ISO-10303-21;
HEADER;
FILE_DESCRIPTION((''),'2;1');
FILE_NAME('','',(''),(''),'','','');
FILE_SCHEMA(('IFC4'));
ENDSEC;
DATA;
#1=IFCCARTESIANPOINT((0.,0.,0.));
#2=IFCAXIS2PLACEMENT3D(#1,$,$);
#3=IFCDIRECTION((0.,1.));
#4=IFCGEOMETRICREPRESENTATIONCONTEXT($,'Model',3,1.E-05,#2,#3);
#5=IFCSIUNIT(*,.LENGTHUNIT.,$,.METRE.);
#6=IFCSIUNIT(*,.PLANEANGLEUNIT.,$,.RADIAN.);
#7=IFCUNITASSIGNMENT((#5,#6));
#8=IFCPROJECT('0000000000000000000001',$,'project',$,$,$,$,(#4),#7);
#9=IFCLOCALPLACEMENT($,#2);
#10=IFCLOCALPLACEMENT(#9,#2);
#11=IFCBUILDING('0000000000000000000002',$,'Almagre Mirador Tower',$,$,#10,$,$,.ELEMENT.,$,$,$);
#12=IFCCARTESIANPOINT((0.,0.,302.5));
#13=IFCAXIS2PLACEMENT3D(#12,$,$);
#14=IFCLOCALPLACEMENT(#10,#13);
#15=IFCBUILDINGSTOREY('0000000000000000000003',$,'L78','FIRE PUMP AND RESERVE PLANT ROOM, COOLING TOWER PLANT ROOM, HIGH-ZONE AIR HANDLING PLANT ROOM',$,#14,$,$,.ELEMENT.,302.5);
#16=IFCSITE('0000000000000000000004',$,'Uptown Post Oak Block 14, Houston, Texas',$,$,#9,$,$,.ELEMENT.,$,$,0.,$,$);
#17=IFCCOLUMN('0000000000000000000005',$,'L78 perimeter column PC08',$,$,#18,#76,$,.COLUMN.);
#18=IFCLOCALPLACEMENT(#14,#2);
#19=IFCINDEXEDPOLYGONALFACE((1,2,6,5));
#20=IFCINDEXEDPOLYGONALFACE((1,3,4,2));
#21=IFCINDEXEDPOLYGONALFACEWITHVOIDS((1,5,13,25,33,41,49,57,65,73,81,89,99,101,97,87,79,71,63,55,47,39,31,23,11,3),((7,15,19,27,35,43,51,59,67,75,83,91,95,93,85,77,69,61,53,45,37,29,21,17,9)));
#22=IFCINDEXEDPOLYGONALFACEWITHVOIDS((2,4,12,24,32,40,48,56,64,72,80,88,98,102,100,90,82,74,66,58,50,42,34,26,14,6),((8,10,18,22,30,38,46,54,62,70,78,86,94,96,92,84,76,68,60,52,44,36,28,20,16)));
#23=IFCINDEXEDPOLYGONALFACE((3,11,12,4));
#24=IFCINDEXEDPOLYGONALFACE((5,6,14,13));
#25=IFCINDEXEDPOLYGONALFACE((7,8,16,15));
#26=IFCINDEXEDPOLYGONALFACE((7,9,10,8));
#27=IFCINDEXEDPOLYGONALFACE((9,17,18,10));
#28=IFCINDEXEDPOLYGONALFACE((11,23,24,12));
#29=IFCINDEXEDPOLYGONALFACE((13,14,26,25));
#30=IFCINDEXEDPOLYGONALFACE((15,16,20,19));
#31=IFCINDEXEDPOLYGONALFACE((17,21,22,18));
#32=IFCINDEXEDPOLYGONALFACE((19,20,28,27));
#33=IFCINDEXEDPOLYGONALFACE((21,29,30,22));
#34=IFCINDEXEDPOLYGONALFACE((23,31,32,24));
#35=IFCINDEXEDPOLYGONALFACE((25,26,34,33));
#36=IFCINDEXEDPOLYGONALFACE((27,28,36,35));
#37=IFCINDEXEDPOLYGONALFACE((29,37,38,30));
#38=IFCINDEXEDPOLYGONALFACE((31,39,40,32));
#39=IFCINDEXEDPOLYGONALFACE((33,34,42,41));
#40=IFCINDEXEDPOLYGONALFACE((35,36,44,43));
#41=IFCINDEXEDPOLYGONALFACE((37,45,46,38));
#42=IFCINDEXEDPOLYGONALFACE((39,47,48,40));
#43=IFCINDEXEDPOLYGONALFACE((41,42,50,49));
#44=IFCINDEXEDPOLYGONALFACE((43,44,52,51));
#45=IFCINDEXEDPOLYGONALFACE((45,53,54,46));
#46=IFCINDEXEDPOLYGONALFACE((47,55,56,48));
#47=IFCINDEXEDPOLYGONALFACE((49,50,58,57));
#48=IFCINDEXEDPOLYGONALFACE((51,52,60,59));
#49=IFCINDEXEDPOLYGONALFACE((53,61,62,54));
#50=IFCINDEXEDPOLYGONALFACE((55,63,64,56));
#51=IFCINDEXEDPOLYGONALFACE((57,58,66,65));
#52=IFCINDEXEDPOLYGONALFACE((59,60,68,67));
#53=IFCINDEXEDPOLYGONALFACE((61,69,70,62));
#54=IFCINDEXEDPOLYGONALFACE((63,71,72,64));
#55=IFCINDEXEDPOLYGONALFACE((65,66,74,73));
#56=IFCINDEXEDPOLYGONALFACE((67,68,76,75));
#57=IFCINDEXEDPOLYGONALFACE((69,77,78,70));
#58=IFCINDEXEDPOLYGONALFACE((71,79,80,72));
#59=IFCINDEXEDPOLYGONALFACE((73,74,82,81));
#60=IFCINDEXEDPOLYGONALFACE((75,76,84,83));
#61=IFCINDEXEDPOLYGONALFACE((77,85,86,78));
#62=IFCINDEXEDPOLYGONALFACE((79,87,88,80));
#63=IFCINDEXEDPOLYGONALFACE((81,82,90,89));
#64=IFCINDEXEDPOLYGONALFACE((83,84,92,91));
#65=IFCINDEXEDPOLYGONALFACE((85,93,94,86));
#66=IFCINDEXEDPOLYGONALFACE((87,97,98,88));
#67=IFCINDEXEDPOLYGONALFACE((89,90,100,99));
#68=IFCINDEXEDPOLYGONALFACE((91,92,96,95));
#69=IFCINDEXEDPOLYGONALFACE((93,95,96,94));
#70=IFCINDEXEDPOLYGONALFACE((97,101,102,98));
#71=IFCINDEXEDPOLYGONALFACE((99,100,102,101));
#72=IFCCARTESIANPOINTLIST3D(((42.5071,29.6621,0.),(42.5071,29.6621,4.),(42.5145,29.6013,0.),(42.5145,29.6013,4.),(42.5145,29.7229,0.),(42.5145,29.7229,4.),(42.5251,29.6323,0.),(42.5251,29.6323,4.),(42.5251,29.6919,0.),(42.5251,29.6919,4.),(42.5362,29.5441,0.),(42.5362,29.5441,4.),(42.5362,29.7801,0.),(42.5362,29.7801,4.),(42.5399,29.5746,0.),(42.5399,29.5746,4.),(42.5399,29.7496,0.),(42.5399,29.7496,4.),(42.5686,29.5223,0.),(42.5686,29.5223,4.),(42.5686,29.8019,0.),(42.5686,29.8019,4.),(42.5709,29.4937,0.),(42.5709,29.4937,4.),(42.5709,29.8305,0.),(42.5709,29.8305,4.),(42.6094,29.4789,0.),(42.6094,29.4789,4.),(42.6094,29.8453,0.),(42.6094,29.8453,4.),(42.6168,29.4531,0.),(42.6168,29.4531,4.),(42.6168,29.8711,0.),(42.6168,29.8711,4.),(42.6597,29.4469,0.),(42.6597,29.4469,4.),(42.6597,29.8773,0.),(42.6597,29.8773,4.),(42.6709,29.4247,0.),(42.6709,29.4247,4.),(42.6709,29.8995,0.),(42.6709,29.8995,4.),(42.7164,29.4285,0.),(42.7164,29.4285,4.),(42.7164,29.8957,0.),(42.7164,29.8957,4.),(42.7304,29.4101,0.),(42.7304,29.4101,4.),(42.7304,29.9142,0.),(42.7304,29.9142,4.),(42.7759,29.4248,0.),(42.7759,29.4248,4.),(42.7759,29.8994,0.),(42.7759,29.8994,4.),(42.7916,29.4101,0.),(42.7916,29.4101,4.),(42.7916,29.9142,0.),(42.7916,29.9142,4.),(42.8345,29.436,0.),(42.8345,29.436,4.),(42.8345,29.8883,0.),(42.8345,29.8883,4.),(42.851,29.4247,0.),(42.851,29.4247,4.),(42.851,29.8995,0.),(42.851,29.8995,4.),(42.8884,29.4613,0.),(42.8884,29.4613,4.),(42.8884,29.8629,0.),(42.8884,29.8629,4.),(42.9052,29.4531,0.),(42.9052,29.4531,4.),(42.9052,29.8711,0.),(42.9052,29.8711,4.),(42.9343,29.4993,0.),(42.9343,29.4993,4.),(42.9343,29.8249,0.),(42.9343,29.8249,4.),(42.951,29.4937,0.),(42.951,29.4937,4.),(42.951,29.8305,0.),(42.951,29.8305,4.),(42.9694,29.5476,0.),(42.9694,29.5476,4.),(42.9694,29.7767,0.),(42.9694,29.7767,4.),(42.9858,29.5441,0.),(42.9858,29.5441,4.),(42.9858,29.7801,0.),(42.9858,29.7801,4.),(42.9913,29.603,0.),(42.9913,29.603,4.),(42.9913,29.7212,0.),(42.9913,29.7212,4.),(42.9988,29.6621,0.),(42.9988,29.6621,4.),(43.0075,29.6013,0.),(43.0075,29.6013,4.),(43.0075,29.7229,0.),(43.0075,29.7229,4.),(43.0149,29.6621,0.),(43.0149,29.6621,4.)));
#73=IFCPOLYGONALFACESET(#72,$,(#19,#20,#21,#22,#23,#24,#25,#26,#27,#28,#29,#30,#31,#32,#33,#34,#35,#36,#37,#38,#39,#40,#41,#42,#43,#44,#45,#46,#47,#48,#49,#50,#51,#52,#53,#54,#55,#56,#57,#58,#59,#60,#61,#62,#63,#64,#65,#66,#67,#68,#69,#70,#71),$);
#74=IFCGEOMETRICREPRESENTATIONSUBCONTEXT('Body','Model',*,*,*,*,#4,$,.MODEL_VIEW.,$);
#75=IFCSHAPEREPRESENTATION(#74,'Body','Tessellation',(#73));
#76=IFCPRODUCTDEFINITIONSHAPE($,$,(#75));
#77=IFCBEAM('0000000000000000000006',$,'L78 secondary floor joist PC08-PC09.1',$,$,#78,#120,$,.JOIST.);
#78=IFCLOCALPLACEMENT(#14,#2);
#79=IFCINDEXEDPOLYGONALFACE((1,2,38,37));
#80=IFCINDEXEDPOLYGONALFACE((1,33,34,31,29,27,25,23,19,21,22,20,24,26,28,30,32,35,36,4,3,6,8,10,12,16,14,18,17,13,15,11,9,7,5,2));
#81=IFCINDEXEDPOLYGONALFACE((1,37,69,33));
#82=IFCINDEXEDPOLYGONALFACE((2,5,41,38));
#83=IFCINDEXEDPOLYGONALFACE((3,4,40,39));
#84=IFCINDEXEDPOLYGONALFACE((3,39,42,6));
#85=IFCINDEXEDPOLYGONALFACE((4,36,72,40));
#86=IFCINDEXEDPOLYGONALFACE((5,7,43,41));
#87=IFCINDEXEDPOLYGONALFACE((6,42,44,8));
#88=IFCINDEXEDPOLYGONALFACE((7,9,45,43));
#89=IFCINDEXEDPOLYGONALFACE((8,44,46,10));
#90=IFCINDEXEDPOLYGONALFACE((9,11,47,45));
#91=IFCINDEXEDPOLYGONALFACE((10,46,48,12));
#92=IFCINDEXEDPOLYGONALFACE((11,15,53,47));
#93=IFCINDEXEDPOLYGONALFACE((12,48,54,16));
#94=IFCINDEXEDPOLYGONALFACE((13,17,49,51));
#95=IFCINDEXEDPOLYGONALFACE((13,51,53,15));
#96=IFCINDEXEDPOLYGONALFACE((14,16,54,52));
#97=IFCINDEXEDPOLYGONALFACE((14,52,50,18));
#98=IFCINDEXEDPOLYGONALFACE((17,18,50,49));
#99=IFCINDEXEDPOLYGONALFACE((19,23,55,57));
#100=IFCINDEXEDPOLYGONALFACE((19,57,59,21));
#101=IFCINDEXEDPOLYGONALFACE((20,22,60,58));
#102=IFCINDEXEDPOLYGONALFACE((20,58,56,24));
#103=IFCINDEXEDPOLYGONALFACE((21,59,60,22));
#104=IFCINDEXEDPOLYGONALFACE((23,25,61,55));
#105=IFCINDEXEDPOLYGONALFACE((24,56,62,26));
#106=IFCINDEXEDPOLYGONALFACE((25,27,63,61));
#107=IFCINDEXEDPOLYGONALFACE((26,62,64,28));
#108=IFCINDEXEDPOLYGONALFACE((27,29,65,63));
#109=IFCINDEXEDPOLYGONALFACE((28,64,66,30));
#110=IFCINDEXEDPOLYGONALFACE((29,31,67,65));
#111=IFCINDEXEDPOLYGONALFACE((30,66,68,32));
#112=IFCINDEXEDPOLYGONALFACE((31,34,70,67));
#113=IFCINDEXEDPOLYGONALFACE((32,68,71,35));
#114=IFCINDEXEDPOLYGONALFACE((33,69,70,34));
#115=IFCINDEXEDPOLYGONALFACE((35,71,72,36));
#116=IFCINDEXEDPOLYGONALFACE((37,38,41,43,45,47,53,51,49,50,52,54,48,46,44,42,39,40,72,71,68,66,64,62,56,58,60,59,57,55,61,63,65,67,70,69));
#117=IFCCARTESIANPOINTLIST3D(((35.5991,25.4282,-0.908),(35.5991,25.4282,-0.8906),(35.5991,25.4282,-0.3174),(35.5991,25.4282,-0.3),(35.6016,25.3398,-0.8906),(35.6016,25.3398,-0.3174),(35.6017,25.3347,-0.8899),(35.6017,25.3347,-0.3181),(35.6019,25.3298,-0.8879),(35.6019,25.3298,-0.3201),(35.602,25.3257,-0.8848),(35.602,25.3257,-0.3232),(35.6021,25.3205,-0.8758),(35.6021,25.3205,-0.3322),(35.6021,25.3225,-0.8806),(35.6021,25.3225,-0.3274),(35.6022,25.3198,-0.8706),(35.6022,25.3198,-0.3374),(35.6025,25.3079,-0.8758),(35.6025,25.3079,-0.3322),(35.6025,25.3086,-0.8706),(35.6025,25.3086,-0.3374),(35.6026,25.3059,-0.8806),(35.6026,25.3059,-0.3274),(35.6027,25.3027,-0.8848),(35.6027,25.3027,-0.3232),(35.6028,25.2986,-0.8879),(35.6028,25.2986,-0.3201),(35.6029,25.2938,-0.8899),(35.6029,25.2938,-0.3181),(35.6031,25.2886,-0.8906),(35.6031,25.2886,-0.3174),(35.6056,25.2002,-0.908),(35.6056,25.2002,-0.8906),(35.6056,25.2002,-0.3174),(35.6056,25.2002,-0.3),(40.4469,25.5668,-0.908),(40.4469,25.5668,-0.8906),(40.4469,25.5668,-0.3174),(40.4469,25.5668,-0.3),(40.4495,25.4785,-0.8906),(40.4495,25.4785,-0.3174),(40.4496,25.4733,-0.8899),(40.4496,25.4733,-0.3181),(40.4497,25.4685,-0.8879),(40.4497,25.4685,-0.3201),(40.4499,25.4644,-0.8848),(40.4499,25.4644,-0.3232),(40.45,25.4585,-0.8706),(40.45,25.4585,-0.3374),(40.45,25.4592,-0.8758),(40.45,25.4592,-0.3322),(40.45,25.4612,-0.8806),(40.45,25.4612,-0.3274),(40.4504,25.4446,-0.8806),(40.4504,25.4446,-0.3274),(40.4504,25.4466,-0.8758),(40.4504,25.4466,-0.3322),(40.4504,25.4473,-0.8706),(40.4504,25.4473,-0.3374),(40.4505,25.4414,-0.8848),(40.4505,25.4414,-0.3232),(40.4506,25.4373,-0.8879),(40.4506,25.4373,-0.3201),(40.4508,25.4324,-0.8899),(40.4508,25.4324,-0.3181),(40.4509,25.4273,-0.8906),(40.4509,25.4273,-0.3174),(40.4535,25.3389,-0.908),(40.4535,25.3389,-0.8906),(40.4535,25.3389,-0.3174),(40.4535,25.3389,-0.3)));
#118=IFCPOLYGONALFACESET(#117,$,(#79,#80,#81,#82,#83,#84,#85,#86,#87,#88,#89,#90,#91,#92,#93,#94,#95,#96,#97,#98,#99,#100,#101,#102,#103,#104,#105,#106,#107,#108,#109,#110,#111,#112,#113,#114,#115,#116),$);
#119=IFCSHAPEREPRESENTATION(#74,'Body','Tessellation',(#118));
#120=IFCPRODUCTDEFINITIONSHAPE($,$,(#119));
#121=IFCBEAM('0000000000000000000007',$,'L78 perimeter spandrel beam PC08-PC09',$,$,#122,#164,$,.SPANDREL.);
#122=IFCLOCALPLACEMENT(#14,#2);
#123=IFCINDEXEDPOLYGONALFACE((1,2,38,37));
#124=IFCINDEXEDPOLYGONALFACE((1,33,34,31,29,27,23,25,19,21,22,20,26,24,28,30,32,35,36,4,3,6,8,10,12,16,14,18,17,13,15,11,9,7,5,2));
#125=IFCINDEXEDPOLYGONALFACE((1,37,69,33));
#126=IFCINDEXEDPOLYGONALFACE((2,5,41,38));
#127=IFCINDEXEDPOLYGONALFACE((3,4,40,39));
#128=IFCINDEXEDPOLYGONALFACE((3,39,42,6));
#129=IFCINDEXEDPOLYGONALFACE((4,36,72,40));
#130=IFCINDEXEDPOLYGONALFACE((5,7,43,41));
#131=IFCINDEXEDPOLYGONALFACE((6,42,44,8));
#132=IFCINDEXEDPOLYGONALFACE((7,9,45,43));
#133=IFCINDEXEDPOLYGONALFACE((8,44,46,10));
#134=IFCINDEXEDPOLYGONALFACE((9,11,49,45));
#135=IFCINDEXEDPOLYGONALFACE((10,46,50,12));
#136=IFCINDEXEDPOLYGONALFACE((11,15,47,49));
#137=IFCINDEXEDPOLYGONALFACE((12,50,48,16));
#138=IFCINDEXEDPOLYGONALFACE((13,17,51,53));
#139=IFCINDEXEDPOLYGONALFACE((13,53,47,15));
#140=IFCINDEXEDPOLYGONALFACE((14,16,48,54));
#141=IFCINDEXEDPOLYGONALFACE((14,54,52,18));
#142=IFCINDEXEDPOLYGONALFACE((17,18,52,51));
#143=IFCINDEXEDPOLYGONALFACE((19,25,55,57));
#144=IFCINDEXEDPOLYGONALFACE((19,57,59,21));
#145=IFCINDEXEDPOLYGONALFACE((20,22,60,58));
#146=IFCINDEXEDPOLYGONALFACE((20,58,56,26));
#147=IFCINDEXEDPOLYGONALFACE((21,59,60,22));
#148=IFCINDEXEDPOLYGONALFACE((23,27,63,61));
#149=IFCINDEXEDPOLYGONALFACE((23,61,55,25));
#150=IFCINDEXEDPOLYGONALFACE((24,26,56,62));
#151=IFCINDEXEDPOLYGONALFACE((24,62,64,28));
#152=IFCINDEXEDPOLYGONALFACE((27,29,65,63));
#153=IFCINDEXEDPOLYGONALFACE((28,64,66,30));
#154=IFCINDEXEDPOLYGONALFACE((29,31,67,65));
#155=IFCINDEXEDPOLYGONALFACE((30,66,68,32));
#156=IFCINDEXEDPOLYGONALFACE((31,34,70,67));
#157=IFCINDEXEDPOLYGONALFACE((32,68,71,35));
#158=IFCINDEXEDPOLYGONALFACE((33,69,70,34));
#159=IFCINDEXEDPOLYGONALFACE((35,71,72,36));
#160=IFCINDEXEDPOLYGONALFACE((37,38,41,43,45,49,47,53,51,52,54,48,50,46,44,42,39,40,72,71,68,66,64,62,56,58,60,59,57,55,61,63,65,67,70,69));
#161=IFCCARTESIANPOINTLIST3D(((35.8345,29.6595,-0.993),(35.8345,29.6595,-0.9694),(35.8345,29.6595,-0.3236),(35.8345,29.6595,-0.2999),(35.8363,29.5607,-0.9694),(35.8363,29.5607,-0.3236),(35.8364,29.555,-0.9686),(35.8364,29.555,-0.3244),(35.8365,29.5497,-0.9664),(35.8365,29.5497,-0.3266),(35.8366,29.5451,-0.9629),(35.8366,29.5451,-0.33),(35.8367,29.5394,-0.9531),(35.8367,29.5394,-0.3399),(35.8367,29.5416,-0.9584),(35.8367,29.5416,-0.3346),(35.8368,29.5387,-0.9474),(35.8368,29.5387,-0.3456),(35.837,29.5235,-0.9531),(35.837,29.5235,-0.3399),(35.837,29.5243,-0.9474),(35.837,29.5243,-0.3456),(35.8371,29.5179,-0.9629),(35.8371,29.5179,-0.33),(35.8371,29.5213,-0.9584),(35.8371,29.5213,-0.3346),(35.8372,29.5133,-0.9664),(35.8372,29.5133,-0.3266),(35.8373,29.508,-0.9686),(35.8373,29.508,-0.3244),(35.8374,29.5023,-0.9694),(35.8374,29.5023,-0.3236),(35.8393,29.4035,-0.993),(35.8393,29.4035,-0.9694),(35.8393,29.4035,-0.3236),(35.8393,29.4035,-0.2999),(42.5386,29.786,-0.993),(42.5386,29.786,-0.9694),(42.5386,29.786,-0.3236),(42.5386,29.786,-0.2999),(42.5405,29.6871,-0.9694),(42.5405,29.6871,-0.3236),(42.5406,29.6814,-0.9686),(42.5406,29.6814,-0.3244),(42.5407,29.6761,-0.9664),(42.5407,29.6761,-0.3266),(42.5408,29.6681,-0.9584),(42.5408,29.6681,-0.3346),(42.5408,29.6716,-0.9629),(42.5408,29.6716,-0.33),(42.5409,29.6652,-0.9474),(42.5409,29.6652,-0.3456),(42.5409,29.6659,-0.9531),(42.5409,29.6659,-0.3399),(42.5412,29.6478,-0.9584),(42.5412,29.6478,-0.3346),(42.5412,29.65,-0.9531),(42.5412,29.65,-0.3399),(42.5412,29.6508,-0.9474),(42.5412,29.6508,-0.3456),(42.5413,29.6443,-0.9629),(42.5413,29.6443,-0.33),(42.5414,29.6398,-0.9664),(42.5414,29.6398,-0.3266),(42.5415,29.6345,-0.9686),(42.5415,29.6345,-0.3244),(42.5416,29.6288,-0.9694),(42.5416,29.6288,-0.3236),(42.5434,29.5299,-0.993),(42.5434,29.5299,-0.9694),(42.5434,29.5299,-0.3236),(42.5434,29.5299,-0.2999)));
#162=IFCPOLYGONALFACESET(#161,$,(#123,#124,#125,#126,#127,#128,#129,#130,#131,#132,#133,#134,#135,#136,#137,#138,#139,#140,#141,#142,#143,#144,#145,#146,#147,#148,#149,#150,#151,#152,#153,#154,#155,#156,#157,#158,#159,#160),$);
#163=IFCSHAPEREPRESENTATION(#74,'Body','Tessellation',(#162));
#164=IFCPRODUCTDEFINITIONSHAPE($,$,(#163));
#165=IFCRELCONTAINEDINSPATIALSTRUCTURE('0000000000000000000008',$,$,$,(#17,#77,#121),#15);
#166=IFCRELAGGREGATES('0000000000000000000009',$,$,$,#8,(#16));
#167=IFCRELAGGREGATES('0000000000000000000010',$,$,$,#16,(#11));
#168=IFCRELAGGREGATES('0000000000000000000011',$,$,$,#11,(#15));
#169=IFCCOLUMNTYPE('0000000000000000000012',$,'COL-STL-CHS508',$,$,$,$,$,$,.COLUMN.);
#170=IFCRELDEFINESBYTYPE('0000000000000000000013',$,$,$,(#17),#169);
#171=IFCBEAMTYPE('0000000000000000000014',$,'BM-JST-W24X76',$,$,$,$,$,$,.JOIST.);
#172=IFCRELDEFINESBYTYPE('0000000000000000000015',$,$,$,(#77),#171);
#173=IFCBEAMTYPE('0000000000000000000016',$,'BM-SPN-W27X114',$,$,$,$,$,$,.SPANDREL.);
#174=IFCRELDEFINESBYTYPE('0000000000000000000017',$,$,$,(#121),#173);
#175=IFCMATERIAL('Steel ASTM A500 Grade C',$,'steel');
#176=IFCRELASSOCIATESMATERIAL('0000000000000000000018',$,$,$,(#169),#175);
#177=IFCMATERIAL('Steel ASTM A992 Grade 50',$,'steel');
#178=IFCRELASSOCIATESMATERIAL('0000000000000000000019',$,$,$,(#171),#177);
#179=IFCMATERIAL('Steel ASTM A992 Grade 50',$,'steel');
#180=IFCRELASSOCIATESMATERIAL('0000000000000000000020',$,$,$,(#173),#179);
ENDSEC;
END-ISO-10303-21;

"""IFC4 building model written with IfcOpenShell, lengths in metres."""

from ifc_helpers import new_model, si_unit, direction, frame, origin, origin_2d, place, context, subcontext, project, spatial, hollow_circle, i_section, extrude, material, material_profile, profile_set, type_object, element, save


model = new_model("IFC4")

# Units and contexts
model_context = context("Model", 3, precision=1e-05, world=origin(), true_north=direction((0.0, 1.0)))
body_context = subcontext(model_context, "Body", "Model", "MODEL_VIEW")
ifc_project = project(units=[si_unit("LENGTHUNIT", "METRE"), si_unit("PLANEANGLEUNIT", "RADIAN")], contexts=[model_context])

# Site, building, storey
site_placement = place(None, origin())
site = spatial("IfcSite", under=ifc_project, at=site_placement, Name="Uptown Post Oak Block 14, Houston, Texas", CompositionType="ELEMENT", RefElevation=0.0)
building_placement = place(site_placement, origin())
building = spatial("IfcBuilding", under=site, at=building_placement, Name="Almagre Mirador Tower", CompositionType="ELEMENT")
storey_placement = place(building_placement, frame((0.0, 0.0, 302.5)))
storey = spatial("IfcBuildingStorey", under=building, at=storey_placement, Name="L78", Description="FIRE PUMP AND RESERVE PLANT ROOM, COOLING TOWER PLANT ROOM, HIGH-ZONE AIR HANDLING PLANT ROOM", CompositionType="ELEMENT", Elevation=302.5)

# Column
ifc_material_1 = material(Name="Steel ASTM A500 Grade C", Category="steel")
ifc_material_profile_1 = material_profile(ifc_material_1, hollow_circle(Radius=0.2539, WallThickness=0.0161, at=origin_2d()), Name="CHS508X16")
ifc_profile_set_1 = profile_set([ifc_material_profile_1], Name="Steel ASTM A500 Grade C")
column_type = type_object("IfcColumnType", Name="COL-STL-CHS508", PredefinedType="COLUMN", material=ifc_profile_set_1)
column_placement = place(storey_placement, frame((42.761, 29.6621, 0.0), z_axis=(0.0, 0.0, 1.0), x_axis=(1.0, 0.0, 0.0)))
element("IfcColumn", 1, at=column_placement, inside=storey, type_object=column_type, Name="L78 perimeter column PC08", PredefinedType="COLUMN", context=body_context, shape_type="SweptSolid", body=[
    extrude(hollow_circle(Radius=0.2539, WallThickness=0.0161, at=origin_2d()), origin(), (0.0, 0.0, 1.0), 4.0),
])

# Beams
ifc_material_2 = material(Name="Steel ASTM A992 Grade 50", Category="steel")
ifc_material_profile_2 = material_profile(ifc_material_2, i_section(OverallWidth=0.228, OverallDepth=0.6079, WebThickness=0.0112, FlangeThickness=0.0173, FilletRadius=0.02, at=origin_2d()), Name="W24X76")
ifc_profile_set_2 = profile_set([ifc_material_profile_2], Name="Steel ASTM A992 Grade 50")
beam_type_1 = type_object("IfcBeamType", Name="BM-JST-W24X76", PredefinedType="JOIST", material=ifc_profile_set_2)
beam_1_placement = place(storey_placement, frame((40.4502, 25.4529, -0.604), z_axis=(-0.999591, -0.028593, 0.0), x_axis=(0.028593, -0.999591, 0.0)))
element("IfcBeam", 2, at=beam_1_placement, inside=storey, type_object=beam_type_1, Name="L78 secondary floor joist PC08-PC09.1", PredefinedType="JOIST", context=body_context, shape_type="SweptSolid", body=[
    extrude(i_section(OverallWidth=0.228, OverallDepth=0.6079, WebThickness=0.0112, FlangeThickness=0.0173, FilletRadius=0.02, at=origin_2d()), origin(), (0.0, 0.0, 1.0), 4.8499),
])
ifc_material_3 = material(Name="Steel ASTM A992 Grade 50", Category="steel")
ifc_material_profile_3 = material_profile(ifc_material_3, i_section(OverallWidth=0.2561, OverallDepth=0.6931, WebThickness=0.0144, FlangeThickness=0.0237, FilletRadius=0.022, at=origin_2d()), Name="W27X114")
ifc_profile_set_3 = profile_set([ifc_material_profile_3], Name="Steel ASTM A992 Grade 50")
beam_type_2 = type_object("IfcBeamType", Name="BM-SPN-W27X114", PredefinedType="SPANDREL", material=ifc_profile_set_3)
beam_2_placement = place(storey_placement, frame((42.541, 29.658, -0.6465), z_axis=(-0.999822, -0.01886, 0.0), x_axis=(0.01886, -0.999822, 0.0)))
element("IfcBeam", 3, at=beam_2_placement, inside=storey, type_object=beam_type_2, Name="L78 perimeter spandrel beam PC08-PC09", PredefinedType="SPANDREL", context=body_context, shape_type="SweptSolid", body=[
    extrude(i_section(OverallWidth=0.2561, OverallDepth=0.6931, WebThickness=0.0144, FlangeThickness=0.0237, FilletRadius=0.022, at=origin_2d()), origin(), (0.0, 0.0, 1.0), 6.7053),
])

save(model, "model.ifc")
